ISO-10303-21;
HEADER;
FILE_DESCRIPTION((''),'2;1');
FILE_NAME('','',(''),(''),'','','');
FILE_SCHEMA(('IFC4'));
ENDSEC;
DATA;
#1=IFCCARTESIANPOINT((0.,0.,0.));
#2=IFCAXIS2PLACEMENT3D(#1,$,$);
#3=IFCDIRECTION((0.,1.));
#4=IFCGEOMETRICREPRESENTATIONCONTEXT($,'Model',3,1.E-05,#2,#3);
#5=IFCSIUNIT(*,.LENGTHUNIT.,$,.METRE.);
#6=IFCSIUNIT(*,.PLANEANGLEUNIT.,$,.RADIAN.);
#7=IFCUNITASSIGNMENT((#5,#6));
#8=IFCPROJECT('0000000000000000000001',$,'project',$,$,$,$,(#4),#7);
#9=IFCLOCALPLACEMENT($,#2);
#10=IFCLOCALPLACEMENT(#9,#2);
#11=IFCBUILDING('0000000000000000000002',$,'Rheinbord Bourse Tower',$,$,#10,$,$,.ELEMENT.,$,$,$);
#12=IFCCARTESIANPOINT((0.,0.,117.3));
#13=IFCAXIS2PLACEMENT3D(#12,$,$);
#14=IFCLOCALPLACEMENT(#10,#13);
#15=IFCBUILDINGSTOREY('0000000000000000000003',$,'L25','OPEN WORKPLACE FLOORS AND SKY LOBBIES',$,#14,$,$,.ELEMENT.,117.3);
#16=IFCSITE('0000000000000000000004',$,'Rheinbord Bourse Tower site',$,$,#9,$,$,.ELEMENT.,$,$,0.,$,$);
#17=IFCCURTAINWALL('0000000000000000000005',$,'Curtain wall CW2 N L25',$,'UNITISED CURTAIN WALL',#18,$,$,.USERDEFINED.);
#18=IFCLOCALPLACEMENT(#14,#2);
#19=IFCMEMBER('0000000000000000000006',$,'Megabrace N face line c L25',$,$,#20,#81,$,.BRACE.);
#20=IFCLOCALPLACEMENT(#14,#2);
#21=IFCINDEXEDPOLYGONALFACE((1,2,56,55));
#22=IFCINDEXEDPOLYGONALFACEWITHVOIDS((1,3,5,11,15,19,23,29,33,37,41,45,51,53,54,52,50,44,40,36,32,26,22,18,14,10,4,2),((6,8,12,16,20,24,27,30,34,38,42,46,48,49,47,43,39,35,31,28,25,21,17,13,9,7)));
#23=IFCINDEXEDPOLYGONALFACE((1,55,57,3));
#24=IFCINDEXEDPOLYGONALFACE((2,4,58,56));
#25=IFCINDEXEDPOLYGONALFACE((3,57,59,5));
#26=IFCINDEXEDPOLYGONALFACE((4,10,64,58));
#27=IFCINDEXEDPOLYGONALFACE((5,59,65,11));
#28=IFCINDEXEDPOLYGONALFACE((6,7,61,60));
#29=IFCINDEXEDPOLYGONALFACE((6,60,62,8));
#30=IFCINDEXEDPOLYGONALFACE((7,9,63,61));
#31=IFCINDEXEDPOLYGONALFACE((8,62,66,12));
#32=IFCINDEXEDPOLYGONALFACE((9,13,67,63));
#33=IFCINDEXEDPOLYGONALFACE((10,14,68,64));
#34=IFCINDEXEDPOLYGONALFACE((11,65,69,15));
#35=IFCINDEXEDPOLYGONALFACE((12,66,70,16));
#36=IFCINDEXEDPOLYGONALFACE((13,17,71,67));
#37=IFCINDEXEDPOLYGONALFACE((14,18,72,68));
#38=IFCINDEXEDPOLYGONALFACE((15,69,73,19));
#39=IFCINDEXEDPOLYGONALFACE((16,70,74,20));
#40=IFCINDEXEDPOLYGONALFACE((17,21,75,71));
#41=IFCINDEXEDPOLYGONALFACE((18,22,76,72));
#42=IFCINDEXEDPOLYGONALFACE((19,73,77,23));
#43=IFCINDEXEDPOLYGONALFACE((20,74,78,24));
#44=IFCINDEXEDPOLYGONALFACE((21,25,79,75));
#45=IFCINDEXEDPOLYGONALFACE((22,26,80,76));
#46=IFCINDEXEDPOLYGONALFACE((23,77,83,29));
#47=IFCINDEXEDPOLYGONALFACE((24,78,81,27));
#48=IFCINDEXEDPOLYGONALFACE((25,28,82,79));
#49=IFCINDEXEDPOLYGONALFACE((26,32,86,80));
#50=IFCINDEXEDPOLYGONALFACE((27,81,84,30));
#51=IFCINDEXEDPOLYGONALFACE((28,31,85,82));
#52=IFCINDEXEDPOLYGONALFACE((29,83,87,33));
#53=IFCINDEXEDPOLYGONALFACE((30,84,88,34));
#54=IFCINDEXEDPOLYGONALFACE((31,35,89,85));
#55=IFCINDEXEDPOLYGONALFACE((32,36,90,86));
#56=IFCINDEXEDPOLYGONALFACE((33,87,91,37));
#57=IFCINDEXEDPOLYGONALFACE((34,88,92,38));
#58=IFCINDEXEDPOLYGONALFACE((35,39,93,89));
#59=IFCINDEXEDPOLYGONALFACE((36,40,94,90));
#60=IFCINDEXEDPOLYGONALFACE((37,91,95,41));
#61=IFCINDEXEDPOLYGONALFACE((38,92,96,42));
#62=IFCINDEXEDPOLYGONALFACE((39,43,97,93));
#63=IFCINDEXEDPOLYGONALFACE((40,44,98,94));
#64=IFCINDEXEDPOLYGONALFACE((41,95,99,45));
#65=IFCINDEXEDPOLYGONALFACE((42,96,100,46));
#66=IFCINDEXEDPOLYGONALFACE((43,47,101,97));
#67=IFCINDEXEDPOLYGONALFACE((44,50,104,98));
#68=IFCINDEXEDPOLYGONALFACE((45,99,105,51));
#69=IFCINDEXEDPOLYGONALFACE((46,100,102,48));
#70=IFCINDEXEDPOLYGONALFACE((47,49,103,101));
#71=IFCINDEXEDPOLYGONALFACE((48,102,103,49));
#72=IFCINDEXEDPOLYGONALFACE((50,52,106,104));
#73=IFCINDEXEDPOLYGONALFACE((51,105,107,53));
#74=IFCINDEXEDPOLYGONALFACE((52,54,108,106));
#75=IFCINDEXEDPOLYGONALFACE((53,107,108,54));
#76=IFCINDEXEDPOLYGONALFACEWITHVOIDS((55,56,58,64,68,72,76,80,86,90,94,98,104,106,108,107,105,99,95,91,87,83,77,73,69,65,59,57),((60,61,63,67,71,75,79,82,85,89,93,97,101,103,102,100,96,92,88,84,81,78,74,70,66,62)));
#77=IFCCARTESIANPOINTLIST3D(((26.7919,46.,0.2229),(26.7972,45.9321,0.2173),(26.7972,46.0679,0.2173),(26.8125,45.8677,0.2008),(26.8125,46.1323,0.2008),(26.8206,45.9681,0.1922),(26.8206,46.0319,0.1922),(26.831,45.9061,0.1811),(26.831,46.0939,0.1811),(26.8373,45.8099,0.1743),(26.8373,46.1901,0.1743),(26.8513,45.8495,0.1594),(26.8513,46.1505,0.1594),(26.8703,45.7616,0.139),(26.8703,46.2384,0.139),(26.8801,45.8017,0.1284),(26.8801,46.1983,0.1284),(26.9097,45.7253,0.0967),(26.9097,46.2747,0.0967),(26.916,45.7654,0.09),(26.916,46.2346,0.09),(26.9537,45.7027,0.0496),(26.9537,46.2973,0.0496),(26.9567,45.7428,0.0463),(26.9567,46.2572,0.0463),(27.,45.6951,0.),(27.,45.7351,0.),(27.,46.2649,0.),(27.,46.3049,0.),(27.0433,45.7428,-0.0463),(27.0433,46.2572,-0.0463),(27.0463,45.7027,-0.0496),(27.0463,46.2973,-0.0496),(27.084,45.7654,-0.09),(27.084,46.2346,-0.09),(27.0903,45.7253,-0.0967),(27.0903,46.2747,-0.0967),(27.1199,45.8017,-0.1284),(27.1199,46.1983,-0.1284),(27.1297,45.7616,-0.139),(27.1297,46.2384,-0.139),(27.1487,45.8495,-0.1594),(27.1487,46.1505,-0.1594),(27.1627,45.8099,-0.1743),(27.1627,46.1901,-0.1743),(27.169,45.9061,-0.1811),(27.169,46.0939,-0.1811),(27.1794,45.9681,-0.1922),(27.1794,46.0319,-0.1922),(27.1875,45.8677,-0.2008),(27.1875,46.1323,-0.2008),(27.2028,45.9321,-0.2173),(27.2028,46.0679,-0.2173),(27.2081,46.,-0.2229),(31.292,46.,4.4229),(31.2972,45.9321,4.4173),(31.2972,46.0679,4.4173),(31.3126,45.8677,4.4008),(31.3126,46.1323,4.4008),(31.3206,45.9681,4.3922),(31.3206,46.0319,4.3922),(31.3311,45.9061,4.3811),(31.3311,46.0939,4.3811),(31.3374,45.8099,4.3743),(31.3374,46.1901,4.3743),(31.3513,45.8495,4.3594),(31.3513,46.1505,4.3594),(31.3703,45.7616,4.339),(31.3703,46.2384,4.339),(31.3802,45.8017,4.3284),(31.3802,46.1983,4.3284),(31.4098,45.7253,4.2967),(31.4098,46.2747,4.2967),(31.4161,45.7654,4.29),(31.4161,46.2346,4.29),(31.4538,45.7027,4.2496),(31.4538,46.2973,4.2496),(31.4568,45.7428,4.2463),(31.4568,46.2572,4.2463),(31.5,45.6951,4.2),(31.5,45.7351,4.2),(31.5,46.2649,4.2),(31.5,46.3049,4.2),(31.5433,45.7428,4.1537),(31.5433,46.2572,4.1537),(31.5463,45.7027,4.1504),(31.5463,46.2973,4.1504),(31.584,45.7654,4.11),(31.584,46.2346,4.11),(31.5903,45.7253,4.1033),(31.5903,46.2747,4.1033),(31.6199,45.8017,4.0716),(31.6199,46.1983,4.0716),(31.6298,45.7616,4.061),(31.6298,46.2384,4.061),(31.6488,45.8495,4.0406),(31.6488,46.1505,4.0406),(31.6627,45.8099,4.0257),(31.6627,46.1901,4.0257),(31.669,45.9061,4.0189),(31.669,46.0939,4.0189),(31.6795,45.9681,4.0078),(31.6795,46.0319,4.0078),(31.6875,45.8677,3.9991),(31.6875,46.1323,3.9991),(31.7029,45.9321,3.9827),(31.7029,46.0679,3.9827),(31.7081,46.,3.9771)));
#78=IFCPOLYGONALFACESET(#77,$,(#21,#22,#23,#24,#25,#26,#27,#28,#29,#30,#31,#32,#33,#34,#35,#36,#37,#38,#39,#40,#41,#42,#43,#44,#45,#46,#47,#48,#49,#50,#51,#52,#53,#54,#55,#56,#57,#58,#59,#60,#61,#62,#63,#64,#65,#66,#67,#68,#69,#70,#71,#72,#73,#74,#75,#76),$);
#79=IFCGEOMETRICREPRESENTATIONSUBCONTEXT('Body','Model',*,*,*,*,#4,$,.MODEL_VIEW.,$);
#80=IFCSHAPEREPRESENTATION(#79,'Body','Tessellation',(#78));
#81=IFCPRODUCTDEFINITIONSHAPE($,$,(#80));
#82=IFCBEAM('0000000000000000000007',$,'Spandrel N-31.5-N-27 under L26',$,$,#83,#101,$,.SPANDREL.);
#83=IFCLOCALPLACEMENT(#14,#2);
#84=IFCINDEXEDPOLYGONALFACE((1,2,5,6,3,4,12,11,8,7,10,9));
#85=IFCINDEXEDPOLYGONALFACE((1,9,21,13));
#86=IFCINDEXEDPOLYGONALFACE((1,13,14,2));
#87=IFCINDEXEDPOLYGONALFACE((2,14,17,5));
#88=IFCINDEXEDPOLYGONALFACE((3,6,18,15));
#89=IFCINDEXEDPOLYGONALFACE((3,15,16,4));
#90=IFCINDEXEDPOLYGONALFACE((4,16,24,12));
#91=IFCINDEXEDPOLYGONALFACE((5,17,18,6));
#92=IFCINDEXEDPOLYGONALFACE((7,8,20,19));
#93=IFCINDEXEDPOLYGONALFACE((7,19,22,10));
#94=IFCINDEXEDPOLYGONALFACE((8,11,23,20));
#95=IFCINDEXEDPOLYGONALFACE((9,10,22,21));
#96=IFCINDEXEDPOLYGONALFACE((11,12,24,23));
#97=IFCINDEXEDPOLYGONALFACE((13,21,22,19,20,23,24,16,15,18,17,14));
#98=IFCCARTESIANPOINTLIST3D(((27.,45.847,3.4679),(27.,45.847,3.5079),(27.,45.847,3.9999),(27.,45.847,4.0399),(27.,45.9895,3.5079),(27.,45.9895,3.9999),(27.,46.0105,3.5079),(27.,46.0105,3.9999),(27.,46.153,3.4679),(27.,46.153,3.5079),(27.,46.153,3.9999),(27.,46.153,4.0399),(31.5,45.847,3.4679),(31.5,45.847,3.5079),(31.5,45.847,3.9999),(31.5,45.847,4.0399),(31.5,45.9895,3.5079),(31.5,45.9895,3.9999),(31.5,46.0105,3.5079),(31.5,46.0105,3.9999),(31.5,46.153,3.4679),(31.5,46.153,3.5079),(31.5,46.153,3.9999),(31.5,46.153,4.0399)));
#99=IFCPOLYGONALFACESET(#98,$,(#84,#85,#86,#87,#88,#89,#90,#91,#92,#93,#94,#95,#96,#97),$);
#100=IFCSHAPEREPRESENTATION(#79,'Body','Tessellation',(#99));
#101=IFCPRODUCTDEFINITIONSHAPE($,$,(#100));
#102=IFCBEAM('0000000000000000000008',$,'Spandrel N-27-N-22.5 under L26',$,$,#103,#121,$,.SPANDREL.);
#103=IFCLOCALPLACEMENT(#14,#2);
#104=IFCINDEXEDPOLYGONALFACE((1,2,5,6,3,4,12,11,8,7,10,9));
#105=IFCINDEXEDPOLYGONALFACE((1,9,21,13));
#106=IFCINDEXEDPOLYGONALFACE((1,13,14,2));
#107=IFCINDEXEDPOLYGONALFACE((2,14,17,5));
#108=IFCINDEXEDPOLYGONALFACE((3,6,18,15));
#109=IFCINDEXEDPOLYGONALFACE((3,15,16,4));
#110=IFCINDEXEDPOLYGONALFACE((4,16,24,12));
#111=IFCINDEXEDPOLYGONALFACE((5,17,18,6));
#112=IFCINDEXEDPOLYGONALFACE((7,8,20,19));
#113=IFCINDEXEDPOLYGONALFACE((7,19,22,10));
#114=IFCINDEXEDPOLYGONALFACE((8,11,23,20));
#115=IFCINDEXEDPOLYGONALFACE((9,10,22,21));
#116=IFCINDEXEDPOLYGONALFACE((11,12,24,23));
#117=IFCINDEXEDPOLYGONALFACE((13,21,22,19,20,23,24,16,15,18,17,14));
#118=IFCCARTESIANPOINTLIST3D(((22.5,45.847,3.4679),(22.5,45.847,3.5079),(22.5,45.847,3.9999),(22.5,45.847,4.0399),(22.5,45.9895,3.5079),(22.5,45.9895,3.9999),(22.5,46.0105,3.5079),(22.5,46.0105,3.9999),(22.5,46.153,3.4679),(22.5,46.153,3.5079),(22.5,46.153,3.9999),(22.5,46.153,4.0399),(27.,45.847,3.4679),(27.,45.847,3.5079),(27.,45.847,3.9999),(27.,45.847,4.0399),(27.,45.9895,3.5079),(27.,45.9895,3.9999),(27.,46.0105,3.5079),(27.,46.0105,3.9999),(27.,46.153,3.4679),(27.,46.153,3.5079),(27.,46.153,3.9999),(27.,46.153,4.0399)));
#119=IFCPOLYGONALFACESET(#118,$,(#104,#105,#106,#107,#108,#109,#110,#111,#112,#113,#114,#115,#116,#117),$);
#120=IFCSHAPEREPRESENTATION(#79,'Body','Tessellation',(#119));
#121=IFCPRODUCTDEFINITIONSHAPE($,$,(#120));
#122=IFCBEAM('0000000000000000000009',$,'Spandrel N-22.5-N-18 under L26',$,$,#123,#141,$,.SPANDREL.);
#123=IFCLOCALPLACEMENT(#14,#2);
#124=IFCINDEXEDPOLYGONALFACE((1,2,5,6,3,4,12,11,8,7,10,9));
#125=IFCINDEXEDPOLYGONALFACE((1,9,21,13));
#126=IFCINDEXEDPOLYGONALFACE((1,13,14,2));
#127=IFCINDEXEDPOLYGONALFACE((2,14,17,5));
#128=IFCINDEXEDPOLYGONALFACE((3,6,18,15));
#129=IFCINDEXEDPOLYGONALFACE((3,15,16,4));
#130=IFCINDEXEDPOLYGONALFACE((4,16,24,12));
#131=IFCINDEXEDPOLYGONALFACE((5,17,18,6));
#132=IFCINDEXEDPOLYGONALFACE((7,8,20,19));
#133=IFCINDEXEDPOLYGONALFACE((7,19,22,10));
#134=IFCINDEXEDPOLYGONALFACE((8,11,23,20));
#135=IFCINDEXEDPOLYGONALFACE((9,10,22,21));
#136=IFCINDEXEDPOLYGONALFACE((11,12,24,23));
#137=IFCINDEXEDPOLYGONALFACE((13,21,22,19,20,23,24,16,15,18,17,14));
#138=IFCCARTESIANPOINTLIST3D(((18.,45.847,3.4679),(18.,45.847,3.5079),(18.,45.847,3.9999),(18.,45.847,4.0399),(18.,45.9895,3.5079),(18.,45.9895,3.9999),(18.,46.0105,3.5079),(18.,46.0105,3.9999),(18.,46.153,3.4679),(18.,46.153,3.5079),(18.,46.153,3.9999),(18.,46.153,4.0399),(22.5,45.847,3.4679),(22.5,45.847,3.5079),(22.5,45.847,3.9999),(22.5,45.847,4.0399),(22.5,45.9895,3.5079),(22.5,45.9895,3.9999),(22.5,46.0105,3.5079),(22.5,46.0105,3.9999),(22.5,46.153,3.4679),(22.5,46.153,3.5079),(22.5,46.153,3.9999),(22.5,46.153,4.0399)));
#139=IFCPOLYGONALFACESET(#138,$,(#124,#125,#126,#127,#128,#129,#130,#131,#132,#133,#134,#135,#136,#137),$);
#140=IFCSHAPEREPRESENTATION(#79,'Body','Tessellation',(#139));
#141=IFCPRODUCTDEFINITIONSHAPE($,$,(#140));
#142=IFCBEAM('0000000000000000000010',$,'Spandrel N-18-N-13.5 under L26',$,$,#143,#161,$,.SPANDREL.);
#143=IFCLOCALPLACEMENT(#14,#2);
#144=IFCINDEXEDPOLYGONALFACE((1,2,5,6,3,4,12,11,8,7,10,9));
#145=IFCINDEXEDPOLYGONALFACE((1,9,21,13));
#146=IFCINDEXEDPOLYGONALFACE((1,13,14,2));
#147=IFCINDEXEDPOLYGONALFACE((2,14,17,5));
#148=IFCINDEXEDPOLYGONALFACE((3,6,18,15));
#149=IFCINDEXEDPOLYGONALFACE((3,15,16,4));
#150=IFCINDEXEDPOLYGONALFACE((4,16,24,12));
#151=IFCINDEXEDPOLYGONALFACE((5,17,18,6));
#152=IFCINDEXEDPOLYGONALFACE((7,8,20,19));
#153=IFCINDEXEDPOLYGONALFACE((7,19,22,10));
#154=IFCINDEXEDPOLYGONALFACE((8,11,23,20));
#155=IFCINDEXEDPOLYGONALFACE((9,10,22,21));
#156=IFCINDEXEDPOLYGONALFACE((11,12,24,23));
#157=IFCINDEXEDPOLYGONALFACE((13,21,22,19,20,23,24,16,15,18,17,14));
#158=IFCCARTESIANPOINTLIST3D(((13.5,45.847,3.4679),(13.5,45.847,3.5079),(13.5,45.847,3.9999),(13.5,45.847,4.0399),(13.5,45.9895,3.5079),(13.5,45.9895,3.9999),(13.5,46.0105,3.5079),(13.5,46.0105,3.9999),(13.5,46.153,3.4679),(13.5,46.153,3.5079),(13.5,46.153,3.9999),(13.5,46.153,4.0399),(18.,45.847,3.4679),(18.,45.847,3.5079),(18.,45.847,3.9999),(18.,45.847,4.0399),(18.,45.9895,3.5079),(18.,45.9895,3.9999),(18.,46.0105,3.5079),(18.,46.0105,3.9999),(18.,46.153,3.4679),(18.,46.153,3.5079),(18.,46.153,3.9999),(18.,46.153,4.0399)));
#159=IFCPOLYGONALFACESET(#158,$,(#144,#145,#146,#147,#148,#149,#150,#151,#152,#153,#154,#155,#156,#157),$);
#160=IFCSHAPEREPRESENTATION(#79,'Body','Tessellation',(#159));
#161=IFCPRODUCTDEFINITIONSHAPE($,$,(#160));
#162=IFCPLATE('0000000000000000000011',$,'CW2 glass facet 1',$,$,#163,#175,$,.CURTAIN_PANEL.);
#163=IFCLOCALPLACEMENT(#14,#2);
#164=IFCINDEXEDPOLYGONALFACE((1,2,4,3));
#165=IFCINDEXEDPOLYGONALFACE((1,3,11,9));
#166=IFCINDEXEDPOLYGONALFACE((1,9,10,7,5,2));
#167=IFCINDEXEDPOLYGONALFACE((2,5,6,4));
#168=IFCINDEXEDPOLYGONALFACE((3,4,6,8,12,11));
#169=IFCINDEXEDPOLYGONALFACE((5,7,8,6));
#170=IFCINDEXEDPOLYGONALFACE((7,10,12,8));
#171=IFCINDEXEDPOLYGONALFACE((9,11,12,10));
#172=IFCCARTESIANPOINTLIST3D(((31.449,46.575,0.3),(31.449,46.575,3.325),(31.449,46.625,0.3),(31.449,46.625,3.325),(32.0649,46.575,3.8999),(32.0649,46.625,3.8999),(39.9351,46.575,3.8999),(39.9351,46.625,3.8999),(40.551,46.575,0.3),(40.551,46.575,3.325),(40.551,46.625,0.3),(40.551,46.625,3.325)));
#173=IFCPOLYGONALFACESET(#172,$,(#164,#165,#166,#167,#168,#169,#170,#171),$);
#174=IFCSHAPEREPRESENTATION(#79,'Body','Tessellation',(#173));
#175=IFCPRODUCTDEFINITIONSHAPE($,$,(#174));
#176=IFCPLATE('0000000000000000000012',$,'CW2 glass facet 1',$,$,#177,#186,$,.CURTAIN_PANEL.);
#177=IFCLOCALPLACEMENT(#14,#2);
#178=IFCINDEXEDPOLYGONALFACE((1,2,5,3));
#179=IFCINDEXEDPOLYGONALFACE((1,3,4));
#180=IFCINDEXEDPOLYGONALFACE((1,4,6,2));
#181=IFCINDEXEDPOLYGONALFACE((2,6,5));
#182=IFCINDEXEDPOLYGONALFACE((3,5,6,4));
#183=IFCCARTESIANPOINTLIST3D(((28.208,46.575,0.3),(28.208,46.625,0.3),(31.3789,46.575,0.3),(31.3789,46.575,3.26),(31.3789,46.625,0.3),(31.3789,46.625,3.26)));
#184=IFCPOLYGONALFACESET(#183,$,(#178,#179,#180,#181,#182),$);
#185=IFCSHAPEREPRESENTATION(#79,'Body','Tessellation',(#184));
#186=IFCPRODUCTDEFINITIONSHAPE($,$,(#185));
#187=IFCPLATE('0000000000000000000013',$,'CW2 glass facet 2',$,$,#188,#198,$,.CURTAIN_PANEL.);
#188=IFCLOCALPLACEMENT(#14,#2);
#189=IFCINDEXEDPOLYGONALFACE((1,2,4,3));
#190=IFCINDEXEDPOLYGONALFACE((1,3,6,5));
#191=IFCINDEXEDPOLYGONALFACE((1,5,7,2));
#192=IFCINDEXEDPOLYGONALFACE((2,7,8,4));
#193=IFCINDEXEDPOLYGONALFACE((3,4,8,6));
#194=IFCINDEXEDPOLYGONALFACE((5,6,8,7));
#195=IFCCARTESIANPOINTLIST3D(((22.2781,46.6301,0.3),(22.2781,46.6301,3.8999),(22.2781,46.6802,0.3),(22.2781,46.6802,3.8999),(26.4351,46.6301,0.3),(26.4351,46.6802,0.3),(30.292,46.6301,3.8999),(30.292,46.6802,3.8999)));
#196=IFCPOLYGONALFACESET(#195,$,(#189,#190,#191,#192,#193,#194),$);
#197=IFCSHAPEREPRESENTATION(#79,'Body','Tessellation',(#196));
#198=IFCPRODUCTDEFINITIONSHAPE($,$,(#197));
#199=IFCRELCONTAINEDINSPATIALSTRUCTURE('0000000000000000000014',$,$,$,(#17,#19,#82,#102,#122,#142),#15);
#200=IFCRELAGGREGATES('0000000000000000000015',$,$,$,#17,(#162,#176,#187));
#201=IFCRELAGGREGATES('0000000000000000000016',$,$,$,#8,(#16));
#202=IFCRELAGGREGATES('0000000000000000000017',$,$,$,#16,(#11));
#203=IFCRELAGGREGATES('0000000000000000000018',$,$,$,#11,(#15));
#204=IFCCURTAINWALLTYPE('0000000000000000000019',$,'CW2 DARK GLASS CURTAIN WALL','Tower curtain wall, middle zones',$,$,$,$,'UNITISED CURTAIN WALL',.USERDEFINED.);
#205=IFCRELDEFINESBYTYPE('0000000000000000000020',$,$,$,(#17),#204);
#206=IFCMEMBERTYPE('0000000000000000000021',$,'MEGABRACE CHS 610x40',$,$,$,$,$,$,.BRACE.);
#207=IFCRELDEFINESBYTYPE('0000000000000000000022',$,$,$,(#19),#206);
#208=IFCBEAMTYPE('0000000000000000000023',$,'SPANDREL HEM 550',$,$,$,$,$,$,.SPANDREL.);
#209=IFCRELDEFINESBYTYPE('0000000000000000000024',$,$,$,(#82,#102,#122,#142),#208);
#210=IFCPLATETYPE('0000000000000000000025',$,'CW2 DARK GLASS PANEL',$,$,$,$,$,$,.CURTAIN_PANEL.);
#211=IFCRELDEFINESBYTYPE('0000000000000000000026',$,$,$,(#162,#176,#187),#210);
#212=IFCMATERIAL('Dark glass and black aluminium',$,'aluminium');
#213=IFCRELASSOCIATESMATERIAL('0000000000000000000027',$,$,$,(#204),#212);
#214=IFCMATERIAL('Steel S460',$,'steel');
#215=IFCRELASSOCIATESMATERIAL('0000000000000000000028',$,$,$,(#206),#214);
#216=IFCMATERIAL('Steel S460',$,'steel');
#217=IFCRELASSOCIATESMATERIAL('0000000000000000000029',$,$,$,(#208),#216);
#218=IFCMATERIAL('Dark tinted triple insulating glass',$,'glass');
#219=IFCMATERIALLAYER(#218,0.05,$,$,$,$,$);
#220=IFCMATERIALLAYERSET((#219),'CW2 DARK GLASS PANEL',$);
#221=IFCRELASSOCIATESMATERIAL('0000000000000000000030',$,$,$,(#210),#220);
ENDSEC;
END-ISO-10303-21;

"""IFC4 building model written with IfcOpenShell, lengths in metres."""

from ifc_helpers import new_model, si_unit, direction, frame, origin, origin_2d, place, context, subcontext, project, spatial, polyline, hollow_circle, i_section, outline, extrude, material, layer, layer_set, material_profile, profile_set, type_object, element, aggregate, save


model = new_model("IFC4")

# Units and contexts
model_context = context("Model", 3, precision=1e-05, world=origin(), true_north=direction((0.0, 1.0)))
body_context = subcontext(model_context, "Body", "Model", "MODEL_VIEW")
ifc_project = project(units=[si_unit("LENGTHUNIT", "METRE"), si_unit("PLANEANGLEUNIT", "RADIAN")], contexts=[model_context])

# Site, building, storey
site_placement = place(None, origin())
site = spatial("IfcSite", under=ifc_project, at=site_placement, Name="Rheinbord Bourse Tower site", CompositionType="ELEMENT", RefElevation=0.0)
building_placement = place(site_placement, origin())
building = spatial("IfcBuilding", under=site, at=building_placement, Name="Rheinbord Bourse Tower", CompositionType="ELEMENT")
storey_placement = place(building_placement, frame((0.0, 0.0, 117.3)))
storey = spatial("IfcBuildingStorey", under=building, at=storey_placement, Name="L25", Description="OPEN WORKPLACE FLOORS AND SKY LOBBIES", CompositionType="ELEMENT", Elevation=117.3)

# Curtain wall
ifc_material_1 = material(Name="Dark glass and black aluminium", Category="aluminium")
curtain_wall_type = type_object("IfcCurtainWallType", Name="CW2 DARK GLASS CURTAIN WALL", Description="Tower curtain wall, middle zones", ElementType="UNITISED CURTAIN WALL", PredefinedType="USERDEFINED", material=ifc_material_1)
curtain_wall_placement = place(storey_placement, origin())
curtain_wall = element("IfcCurtainWall", 1, at=curtain_wall_placement, inside=storey, type_object=curtain_wall_type, Name="Curtain wall CW2 N L25", ObjectType="UNITISED CURTAIN WALL", PredefinedType="USERDEFINED")

# Member
ifc_material_2 = material(Name="Steel S460", Category="steel")
ifc_material_profile_1 = material_profile(ifc_material_2, hollow_circle(Radius=0.3049, WallThickness=0.04, at=origin_2d()), Name="CHS 610x40")
ifc_profile_set_1 = profile_set([ifc_material_profile_1], Name="Steel S460")
member_type_1 = type_object("IfcMemberType", Name="MEGABRACE CHS 610x40", PredefinedType="BRACE", material=ifc_profile_set_1)
member_1_placement = place(storey_placement, frame((27.0, 46.0, 0.0), z_axis=(0.731059, 0.0, 0.682314), x_axis=(0.0, 1.0, 0.0)))
element("IfcMember", 2, at=member_1_placement, inside=storey, type_object=member_type_1, Name="Megabrace N face line c L25", PredefinedType="BRACE", context=body_context, shape_type="SweptSolid", body=[
    extrude(hollow_circle(Radius=0.3049, WallThickness=0.04, at=origin_2d()), origin(), (0.0, 0.0, 1.0), 6.1555),
])

# Beams
ifc_material_3 = material(Name="Steel S460", Category="steel")
ifc_material_profile_2 = material_profile(ifc_material_3, i_section(OverallWidth=0.3059, OverallDepth=0.572, WebThickness=0.021, FlangeThickness=0.04, at=origin_2d()), Name="HEM 550")
ifc_profile_set_2 = profile_set([ifc_material_profile_2], Name="Steel S460")
beam_type_1 = type_object("IfcBeamType", Name="SPANDREL HEM 550", PredefinedType="SPANDREL", material=ifc_profile_set_2)
for number, where, z_axis, x_axis, name in (
    (3, (31.5, 46.0, 3.7539), (-1.0, 0.0, 0.0), (0.0, -1.0, 0.0), "Spandrel N-31.5-N-27 under L26"),
    (4, (27.0, 46.0, 3.7539), (-1.0, 0.0, 0.0), (0.0, -1.0, 0.0), "Spandrel N-27-N-22.5 under L26"),
    (5, (22.5, 46.0, 3.7539), (-1.0, 0.0, 0.0), (0.0, -1.0, 0.0), "Spandrel N-22.5-N-18 under L26"),
    (6, (18.0, 46.0, 3.7539), (-1.0, 0.0, 0.0), (0.0, -1.0, 0.0), "Spandrel N-18-N-13.5 under L26"),
):
    element("IfcBeam", number, at=place(storey_placement, frame(where, z_axis=z_axis, x_axis=x_axis)), inside=storey, type_object=beam_type_1, Name=name, PredefinedType="SPANDREL", context=body_context, shape_type="SweptSolid", body=[
        extrude(i_section(OverallWidth=0.3059, OverallDepth=0.572, WebThickness=0.021, FlangeThickness=0.04, at=origin_2d()), origin(), (0.0, 0.0, 1.0), 4.5),
    ])

# Plates
ifc_material_4 = material(Name="Dark tinted triple insulating glass", Category="glass")
ifc_layer_1 = layer(ifc_material_4, 0.05)
ifc_layer_set_1 = layer_set([ifc_layer_1], Name="CW2 DARK GLASS PANEL")
plate_type = type_object("IfcPlateType", Name="CW2 DARK GLASS PANEL", PredefinedType="CURTAIN_PANEL", material=ifc_layer_set_1)
plate_1_placement = place(storey_placement, frame((31.449, 46.625, 0.3), z_axis=(0.0, -1.0, 0.0), x_axis=(1.0, 0.0, 0.0)))
plate_1 = element("IfcPlate", 7, at=plate_1_placement, type_object=plate_type, Name="CW2 glass facet 1", PredefinedType="CURTAIN_PANEL", context=body_context, shape_type="SweptSolid", body=[
    extrude(outline(polyline([(0.0, 0.0), (9.1021, 0.0), (9.1021, 3.0249), (8.4861, 3.5999), (0.616, 3.5999), (0.0, 3.0249), (0.0, 0.0)])), origin(), (0.0, 0.0, 1.0), 0.05),
])
plate_2_placement = place(storey_placement, frame((31.3789, 46.625, 0.3), z_axis=(0.0, -1.0, 0.0), x_axis=(0.0, 0.0, 1.0)))
plate_2 = element("IfcPlate", 8, at=plate_2_placement, type_object=plate_type, Name="CW2 glass facet 1", PredefinedType="CURTAIN_PANEL", context=body_context, shape_type="SweptSolid", body=[
    extrude(outline(polyline([(0.0, 0.0), (2.96, 0.0), (0.0, 3.1709), (0.0, 0.0)])), origin(), (0.0, 0.0, 1.0), 0.05),
])
plate_3_placement = place(storey_placement, frame((22.2781, 46.6802, 3.8999), z_axis=(0.0, -1.0, 0.0), x_axis=(0.0, 0.0, -1.0)))
plate_3 = element("IfcPlate", 9, at=plate_3_placement, type_object=plate_type, Name="CW2 glass facet 2", PredefinedType="CURTAIN_PANEL", context=body_context, shape_type="SweptSolid", body=[
    extrude(outline(polyline([(0.0, 0.0), (3.5999, 0.0), (3.5999, 4.157), (0.0, 8.0139), (0.0, 0.0)])), origin(), (0.0, 0.0, 1.0), 0.05),
])
aggregate(curtain_wall, [plate_1, plate_2, plate_3])

save(model, "model.ifc")
